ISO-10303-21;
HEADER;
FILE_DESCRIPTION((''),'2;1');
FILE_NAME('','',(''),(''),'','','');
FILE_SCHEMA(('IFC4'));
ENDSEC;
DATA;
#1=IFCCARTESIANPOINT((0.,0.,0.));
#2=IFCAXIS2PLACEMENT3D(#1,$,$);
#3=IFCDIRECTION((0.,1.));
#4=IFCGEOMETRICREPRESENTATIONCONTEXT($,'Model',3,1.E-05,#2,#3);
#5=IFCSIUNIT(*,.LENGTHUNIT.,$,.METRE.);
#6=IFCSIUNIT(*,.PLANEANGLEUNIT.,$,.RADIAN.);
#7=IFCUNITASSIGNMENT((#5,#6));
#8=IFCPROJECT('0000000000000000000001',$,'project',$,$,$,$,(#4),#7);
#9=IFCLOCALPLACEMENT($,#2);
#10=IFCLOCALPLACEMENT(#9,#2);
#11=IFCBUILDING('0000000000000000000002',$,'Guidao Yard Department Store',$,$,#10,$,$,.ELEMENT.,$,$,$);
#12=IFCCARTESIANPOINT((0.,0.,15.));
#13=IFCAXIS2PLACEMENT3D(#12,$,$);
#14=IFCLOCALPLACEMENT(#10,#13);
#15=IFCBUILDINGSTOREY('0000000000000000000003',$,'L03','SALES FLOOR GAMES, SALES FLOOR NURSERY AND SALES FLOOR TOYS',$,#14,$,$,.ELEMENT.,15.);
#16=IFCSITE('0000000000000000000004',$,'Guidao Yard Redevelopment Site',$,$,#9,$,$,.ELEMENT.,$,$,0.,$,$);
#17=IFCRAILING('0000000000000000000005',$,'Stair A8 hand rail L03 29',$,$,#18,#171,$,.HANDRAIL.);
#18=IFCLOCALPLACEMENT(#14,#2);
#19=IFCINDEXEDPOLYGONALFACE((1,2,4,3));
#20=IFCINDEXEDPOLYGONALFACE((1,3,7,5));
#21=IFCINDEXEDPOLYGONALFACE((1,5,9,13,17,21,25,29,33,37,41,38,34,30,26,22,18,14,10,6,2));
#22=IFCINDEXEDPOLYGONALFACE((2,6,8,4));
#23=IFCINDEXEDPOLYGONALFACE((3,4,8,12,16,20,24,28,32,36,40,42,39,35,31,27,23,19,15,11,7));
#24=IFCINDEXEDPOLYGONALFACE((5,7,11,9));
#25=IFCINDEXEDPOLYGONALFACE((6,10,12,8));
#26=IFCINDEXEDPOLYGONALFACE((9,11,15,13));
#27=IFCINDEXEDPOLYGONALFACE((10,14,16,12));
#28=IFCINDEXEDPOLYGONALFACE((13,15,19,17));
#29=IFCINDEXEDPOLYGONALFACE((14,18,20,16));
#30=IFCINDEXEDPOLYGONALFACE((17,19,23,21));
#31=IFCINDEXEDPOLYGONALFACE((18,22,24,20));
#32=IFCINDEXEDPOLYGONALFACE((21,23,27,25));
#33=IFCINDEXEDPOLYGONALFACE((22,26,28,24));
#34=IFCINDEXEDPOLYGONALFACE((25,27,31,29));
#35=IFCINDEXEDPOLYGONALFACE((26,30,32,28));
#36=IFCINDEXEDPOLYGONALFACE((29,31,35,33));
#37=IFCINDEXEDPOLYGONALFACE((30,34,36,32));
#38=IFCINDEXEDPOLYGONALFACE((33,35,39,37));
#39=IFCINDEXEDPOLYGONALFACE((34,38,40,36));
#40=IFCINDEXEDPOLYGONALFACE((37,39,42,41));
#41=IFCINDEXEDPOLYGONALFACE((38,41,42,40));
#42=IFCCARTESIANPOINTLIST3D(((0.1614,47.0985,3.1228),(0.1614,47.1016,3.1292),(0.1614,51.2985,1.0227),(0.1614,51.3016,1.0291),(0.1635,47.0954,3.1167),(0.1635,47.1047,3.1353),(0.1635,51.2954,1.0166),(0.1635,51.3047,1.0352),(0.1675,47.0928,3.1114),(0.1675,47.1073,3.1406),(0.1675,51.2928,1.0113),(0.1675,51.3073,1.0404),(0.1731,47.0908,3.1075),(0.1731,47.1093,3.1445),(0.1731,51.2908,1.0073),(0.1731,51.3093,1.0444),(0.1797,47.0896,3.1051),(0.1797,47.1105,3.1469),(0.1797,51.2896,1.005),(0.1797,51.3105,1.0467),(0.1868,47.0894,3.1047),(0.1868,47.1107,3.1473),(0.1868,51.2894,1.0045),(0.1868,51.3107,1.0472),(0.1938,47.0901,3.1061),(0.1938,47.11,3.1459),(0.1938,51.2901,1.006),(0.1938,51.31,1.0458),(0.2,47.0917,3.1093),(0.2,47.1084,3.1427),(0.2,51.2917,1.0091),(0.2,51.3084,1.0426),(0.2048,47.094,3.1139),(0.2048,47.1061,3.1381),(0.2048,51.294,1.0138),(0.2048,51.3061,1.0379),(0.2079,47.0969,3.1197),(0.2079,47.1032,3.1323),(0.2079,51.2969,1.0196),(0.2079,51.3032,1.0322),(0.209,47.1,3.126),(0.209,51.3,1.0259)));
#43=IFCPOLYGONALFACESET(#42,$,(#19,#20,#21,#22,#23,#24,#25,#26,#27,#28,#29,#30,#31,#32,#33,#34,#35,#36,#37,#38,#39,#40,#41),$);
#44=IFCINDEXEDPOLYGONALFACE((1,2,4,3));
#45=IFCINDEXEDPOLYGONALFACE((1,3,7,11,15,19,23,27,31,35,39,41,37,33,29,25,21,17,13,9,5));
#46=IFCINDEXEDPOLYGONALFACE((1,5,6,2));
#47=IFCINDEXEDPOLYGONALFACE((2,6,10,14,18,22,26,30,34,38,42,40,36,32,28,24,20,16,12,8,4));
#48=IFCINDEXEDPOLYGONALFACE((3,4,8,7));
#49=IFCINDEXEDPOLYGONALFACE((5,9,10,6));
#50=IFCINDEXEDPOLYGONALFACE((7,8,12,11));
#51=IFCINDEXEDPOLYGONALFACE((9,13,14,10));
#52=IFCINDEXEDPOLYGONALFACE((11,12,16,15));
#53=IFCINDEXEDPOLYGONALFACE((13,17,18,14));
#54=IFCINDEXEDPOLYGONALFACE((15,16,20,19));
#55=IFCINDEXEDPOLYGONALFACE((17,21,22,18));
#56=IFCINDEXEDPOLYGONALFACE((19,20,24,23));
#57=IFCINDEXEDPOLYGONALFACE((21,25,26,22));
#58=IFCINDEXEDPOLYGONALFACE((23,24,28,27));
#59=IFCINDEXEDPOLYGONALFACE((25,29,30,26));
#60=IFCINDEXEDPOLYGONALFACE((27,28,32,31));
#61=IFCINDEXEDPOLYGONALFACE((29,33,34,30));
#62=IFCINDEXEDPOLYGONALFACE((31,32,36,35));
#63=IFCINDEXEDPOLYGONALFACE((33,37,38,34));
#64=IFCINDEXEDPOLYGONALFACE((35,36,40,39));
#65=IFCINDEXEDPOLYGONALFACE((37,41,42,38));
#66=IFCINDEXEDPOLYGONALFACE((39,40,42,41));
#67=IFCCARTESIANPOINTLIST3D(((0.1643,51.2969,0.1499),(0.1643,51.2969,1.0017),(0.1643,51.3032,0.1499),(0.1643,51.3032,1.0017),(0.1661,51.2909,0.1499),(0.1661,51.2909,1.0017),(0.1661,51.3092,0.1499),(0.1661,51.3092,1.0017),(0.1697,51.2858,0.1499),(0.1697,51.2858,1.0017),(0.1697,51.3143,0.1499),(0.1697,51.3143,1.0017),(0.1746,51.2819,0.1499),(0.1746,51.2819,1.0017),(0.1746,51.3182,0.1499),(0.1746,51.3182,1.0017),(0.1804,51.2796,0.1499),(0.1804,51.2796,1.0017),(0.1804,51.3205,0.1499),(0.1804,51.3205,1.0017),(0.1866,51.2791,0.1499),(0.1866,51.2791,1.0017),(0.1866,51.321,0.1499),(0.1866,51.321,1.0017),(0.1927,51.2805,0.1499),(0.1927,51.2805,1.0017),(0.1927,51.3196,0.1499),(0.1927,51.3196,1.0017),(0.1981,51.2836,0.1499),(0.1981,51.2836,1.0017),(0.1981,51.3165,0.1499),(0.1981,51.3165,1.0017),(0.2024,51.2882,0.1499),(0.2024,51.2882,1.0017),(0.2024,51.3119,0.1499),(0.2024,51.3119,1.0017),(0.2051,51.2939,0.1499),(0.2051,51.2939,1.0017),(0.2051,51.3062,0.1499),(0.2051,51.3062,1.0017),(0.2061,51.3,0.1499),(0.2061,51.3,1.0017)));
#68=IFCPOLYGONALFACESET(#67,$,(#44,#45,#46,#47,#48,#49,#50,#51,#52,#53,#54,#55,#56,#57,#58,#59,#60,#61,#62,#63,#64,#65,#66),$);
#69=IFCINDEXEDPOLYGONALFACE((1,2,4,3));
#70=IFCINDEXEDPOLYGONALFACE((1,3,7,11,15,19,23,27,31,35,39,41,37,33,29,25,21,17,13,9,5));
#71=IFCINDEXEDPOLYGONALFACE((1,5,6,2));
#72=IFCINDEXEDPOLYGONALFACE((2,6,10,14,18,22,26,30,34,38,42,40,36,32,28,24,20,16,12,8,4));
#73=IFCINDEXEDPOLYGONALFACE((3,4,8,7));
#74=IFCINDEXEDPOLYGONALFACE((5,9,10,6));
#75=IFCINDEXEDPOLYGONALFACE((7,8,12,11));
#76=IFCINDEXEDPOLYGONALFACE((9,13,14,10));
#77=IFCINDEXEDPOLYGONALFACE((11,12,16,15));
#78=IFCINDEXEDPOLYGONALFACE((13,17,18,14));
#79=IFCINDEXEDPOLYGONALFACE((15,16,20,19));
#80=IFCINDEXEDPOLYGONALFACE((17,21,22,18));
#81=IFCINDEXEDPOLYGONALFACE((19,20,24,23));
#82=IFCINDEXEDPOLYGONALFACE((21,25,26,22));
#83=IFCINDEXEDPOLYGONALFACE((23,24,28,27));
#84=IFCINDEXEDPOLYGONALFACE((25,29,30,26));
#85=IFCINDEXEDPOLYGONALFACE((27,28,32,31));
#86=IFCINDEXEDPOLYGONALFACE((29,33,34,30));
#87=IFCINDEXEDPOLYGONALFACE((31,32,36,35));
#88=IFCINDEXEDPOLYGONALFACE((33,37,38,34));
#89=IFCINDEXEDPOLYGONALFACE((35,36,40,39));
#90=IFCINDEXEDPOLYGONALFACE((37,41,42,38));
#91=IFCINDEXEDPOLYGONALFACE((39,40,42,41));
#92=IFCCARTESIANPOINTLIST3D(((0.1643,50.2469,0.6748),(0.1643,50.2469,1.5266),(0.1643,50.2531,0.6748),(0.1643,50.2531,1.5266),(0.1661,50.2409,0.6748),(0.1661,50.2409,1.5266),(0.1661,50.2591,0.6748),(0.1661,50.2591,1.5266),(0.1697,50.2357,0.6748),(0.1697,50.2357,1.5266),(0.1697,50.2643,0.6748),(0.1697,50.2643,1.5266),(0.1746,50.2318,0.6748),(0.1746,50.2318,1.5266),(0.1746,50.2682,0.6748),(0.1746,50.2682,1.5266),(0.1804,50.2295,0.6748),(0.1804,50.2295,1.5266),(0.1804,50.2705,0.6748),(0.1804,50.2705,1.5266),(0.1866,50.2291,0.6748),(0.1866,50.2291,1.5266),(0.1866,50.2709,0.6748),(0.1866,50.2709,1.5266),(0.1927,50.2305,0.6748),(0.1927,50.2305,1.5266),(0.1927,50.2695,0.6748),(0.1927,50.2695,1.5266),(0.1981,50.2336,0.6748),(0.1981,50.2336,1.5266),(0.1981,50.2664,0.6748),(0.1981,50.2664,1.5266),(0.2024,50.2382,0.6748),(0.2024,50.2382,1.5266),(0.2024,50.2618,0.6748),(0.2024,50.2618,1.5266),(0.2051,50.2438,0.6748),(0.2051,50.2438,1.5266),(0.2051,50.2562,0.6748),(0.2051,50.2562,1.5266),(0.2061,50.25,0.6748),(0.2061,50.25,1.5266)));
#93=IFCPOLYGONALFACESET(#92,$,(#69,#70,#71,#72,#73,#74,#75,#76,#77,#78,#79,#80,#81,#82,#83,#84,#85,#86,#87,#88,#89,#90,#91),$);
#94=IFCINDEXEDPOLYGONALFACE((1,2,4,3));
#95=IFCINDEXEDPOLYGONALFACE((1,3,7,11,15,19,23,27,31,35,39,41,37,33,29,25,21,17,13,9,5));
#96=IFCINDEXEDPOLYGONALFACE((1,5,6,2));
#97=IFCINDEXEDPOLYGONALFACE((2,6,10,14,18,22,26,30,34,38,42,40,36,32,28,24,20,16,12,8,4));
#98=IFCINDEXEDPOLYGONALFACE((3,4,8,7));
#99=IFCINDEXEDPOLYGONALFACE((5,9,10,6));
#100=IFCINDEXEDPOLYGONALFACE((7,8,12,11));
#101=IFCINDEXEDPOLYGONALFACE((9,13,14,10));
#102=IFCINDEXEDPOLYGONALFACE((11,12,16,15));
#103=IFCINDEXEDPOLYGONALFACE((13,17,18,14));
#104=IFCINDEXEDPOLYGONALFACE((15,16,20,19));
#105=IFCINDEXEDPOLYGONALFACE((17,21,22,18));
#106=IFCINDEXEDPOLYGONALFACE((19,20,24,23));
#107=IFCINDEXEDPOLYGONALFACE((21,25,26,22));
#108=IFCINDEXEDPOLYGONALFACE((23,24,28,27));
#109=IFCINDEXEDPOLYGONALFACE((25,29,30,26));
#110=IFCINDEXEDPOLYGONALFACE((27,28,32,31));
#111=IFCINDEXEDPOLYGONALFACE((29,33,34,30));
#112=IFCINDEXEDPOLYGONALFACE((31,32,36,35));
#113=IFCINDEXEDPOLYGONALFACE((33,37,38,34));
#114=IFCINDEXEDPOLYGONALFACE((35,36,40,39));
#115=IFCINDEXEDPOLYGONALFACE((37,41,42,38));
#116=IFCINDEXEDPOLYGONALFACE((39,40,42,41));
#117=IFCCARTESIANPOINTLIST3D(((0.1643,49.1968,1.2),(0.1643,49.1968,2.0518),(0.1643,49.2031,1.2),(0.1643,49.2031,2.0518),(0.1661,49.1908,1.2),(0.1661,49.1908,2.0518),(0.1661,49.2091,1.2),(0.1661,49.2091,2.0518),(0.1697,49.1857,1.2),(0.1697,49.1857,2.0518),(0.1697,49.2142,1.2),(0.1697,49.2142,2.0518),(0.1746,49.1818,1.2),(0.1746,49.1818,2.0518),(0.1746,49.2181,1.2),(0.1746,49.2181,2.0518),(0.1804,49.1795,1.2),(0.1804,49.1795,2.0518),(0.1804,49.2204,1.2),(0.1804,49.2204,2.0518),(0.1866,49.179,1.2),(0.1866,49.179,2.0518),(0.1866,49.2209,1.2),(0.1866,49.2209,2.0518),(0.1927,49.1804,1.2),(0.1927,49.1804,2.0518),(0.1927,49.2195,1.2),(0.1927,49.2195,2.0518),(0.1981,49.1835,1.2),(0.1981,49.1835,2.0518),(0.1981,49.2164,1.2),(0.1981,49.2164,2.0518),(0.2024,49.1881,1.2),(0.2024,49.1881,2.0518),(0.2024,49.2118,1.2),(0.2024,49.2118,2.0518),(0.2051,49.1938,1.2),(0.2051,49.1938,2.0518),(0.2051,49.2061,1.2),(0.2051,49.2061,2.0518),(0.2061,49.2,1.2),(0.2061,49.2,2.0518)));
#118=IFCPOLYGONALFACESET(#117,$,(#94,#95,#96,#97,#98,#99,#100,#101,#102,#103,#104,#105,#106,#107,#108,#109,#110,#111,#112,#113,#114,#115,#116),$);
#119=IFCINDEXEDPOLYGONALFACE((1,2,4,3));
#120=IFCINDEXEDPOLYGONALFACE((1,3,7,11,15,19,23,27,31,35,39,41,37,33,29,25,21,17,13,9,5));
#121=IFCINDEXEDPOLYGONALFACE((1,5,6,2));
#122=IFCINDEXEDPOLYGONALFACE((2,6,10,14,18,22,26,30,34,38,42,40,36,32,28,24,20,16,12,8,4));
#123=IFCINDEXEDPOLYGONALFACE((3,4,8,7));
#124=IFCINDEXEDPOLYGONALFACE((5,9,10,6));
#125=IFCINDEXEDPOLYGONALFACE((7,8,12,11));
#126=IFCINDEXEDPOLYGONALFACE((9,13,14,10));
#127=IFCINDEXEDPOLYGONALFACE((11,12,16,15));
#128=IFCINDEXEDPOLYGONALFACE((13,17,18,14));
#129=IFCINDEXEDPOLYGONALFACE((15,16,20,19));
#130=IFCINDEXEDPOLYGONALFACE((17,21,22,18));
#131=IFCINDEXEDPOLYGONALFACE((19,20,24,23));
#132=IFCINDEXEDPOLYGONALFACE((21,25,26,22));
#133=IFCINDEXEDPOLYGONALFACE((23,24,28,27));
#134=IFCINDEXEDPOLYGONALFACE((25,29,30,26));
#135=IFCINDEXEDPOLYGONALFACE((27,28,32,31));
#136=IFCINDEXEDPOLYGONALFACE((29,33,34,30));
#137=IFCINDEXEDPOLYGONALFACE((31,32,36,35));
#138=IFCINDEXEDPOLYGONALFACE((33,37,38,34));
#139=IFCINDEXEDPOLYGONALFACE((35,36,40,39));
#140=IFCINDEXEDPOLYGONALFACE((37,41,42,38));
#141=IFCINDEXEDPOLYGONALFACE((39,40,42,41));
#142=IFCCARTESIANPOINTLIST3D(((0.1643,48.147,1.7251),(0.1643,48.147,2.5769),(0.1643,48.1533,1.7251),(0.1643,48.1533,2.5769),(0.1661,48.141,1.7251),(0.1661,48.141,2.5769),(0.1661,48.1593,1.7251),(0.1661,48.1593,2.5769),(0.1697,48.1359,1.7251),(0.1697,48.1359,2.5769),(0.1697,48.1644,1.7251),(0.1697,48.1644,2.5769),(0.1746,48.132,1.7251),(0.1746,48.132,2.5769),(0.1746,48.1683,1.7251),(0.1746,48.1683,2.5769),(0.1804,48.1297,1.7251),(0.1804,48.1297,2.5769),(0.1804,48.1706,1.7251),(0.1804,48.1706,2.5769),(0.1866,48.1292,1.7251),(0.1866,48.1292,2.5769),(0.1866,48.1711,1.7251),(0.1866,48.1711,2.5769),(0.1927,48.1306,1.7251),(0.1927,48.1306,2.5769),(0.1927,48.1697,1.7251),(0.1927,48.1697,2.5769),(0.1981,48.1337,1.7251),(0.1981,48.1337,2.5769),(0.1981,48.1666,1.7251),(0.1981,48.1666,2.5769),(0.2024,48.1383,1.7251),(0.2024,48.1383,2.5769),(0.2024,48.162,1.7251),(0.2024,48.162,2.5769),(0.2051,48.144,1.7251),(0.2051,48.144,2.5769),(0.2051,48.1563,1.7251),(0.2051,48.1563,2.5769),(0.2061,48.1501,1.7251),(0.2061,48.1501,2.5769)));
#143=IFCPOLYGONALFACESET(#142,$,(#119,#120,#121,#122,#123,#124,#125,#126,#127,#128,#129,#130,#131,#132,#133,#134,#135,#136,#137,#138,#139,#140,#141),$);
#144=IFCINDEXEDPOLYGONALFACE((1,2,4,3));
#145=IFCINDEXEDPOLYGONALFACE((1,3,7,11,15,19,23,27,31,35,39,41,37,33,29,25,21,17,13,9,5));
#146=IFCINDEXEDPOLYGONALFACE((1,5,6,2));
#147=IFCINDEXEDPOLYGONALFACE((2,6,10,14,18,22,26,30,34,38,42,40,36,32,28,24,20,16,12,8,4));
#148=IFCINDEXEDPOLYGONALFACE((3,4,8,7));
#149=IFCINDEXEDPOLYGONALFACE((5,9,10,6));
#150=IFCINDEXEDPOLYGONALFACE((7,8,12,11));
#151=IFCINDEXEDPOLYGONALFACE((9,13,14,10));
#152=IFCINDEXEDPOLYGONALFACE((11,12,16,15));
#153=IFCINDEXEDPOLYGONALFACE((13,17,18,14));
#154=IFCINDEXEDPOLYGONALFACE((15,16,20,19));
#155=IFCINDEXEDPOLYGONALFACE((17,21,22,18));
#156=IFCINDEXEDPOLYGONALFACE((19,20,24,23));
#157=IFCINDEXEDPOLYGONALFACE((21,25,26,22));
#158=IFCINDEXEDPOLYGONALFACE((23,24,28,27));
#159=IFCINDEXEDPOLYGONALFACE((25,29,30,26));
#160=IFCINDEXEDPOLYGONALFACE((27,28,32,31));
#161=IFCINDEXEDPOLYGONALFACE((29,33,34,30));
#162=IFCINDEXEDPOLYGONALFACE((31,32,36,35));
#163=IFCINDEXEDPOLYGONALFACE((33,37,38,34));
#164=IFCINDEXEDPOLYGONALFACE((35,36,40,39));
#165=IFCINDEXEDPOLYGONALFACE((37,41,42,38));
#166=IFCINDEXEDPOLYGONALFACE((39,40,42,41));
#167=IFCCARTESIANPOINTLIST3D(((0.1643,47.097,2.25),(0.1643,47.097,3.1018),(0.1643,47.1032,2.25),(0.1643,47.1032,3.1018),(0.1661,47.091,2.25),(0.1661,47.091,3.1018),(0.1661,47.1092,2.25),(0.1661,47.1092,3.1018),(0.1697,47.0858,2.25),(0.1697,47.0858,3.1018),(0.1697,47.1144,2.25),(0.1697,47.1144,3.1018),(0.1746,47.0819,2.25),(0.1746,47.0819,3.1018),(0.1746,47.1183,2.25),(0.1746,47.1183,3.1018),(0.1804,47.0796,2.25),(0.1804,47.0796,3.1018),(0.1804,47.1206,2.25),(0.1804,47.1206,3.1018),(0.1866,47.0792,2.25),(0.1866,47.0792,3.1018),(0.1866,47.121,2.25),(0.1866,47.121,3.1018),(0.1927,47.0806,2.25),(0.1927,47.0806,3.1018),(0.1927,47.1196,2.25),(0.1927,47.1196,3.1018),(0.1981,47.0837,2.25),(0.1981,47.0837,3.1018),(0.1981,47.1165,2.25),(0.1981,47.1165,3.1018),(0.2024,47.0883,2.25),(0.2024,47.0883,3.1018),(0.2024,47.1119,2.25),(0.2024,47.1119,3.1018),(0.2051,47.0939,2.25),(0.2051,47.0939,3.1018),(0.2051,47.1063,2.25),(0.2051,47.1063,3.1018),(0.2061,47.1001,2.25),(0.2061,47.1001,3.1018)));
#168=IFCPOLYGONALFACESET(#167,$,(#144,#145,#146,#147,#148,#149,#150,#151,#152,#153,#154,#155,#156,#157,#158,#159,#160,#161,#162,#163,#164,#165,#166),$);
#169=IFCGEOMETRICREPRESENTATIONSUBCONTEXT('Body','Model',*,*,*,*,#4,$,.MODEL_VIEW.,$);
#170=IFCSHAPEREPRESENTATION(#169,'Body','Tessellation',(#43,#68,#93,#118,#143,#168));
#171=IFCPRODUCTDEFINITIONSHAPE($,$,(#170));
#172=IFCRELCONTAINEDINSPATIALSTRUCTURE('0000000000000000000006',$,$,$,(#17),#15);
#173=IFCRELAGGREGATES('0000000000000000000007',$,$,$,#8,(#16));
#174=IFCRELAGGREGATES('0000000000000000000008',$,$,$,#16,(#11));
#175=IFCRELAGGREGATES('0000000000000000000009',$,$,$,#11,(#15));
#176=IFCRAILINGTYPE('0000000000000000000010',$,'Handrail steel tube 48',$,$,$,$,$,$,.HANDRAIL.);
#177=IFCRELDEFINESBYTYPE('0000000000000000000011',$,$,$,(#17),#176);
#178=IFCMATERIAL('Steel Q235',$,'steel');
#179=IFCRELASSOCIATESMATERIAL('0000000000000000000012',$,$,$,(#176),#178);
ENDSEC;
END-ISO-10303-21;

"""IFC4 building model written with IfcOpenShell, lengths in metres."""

from ifc_helpers import new_model, si_unit, direction, frame, origin, origin_2d, place, context, subcontext, project, spatial, circle, extrude, material, type_object, element, save


model = new_model("IFC4")

# Units and contexts
model_context = context("Model", 3, precision=1e-05, world=origin(), true_north=direction((0.0, 1.0)))
body_context = subcontext(model_context, "Body", "Model", "MODEL_VIEW")
ifc_project = project(units=[si_unit("LENGTHUNIT", "METRE"), si_unit("PLANEANGLEUNIT", "RADIAN")], contexts=[model_context])

# Site, building, storey
site_placement = place(None, origin())
site = spatial("IfcSite", under=ifc_project, at=site_placement, Name="Guidao Yard Redevelopment Site", CompositionType="ELEMENT", RefElevation=0.0)
building_placement = place(site_placement, origin())
building = spatial("IfcBuilding", under=site, at=building_placement, Name="Guidao Yard Department Store", CompositionType="ELEMENT")
storey_placement = place(building_placement, frame((0.0, 0.0, 15.0)))
storey = spatial("IfcBuildingStorey", under=building, at=storey_placement, Name="L03", Description="SALES FLOOR GAMES, SALES FLOOR NURSERY AND SALES FLOOR TOYS", CompositionType="ELEMENT", Elevation=15.0)

# Railing
ifc_material_1 = material(Name="Steel Q235", Category="steel")
railing_type = type_object("IfcRailingType", Name="Handrail steel tube 48", PredefinedType="HANDRAIL", material=ifc_material_1)
for number, where, name in (
    (1, (0.1851, 51.3, 0.1499), "Stair A8 hand rail L03 29"),
):
    element("IfcRailing", number, at=place(storey_placement, frame(where)), inside=storey, type_object=railing_type, Name=name, PredefinedType="HANDRAIL", context=body_context, shape_type="SweptSolid", body=[
        extrude(circle(Radius=0.0239, at=origin_2d()), frame((0.0, 0.0, 0.876), z_axis=(0.0, -0.894417, 0.447234), x_axis=(1.0, 0.0, 0.0)), (0.0, 0.0, 1.0), 4.6958),
        extrude(circle(Radius=0.021, at=origin_2d()), origin(), (0.0, 0.0, 1.0), 0.8518),
        extrude(circle(Radius=0.021, at=origin_2d()), frame((0.0, -1.05, 0.5249)), (0.0, 0.0, 1.0), 0.8518),
        extrude(circle(Radius=0.021, at=origin_2d()), frame((0.0, -2.1001, 1.05)), (0.0, 0.0, 1.0), 0.8518),
        extrude(circle(Radius=0.021, at=origin_2d()), frame((0.0, -3.1499, 1.5752)), (0.0, 0.0, 1.0), 0.8518),
        extrude(circle(Radius=0.021, at=origin_2d()), frame((0.0, -4.2, 2.1001)), (0.0, 0.0, 1.0), 0.8518),
    ])

save(model, "model.ifc")
